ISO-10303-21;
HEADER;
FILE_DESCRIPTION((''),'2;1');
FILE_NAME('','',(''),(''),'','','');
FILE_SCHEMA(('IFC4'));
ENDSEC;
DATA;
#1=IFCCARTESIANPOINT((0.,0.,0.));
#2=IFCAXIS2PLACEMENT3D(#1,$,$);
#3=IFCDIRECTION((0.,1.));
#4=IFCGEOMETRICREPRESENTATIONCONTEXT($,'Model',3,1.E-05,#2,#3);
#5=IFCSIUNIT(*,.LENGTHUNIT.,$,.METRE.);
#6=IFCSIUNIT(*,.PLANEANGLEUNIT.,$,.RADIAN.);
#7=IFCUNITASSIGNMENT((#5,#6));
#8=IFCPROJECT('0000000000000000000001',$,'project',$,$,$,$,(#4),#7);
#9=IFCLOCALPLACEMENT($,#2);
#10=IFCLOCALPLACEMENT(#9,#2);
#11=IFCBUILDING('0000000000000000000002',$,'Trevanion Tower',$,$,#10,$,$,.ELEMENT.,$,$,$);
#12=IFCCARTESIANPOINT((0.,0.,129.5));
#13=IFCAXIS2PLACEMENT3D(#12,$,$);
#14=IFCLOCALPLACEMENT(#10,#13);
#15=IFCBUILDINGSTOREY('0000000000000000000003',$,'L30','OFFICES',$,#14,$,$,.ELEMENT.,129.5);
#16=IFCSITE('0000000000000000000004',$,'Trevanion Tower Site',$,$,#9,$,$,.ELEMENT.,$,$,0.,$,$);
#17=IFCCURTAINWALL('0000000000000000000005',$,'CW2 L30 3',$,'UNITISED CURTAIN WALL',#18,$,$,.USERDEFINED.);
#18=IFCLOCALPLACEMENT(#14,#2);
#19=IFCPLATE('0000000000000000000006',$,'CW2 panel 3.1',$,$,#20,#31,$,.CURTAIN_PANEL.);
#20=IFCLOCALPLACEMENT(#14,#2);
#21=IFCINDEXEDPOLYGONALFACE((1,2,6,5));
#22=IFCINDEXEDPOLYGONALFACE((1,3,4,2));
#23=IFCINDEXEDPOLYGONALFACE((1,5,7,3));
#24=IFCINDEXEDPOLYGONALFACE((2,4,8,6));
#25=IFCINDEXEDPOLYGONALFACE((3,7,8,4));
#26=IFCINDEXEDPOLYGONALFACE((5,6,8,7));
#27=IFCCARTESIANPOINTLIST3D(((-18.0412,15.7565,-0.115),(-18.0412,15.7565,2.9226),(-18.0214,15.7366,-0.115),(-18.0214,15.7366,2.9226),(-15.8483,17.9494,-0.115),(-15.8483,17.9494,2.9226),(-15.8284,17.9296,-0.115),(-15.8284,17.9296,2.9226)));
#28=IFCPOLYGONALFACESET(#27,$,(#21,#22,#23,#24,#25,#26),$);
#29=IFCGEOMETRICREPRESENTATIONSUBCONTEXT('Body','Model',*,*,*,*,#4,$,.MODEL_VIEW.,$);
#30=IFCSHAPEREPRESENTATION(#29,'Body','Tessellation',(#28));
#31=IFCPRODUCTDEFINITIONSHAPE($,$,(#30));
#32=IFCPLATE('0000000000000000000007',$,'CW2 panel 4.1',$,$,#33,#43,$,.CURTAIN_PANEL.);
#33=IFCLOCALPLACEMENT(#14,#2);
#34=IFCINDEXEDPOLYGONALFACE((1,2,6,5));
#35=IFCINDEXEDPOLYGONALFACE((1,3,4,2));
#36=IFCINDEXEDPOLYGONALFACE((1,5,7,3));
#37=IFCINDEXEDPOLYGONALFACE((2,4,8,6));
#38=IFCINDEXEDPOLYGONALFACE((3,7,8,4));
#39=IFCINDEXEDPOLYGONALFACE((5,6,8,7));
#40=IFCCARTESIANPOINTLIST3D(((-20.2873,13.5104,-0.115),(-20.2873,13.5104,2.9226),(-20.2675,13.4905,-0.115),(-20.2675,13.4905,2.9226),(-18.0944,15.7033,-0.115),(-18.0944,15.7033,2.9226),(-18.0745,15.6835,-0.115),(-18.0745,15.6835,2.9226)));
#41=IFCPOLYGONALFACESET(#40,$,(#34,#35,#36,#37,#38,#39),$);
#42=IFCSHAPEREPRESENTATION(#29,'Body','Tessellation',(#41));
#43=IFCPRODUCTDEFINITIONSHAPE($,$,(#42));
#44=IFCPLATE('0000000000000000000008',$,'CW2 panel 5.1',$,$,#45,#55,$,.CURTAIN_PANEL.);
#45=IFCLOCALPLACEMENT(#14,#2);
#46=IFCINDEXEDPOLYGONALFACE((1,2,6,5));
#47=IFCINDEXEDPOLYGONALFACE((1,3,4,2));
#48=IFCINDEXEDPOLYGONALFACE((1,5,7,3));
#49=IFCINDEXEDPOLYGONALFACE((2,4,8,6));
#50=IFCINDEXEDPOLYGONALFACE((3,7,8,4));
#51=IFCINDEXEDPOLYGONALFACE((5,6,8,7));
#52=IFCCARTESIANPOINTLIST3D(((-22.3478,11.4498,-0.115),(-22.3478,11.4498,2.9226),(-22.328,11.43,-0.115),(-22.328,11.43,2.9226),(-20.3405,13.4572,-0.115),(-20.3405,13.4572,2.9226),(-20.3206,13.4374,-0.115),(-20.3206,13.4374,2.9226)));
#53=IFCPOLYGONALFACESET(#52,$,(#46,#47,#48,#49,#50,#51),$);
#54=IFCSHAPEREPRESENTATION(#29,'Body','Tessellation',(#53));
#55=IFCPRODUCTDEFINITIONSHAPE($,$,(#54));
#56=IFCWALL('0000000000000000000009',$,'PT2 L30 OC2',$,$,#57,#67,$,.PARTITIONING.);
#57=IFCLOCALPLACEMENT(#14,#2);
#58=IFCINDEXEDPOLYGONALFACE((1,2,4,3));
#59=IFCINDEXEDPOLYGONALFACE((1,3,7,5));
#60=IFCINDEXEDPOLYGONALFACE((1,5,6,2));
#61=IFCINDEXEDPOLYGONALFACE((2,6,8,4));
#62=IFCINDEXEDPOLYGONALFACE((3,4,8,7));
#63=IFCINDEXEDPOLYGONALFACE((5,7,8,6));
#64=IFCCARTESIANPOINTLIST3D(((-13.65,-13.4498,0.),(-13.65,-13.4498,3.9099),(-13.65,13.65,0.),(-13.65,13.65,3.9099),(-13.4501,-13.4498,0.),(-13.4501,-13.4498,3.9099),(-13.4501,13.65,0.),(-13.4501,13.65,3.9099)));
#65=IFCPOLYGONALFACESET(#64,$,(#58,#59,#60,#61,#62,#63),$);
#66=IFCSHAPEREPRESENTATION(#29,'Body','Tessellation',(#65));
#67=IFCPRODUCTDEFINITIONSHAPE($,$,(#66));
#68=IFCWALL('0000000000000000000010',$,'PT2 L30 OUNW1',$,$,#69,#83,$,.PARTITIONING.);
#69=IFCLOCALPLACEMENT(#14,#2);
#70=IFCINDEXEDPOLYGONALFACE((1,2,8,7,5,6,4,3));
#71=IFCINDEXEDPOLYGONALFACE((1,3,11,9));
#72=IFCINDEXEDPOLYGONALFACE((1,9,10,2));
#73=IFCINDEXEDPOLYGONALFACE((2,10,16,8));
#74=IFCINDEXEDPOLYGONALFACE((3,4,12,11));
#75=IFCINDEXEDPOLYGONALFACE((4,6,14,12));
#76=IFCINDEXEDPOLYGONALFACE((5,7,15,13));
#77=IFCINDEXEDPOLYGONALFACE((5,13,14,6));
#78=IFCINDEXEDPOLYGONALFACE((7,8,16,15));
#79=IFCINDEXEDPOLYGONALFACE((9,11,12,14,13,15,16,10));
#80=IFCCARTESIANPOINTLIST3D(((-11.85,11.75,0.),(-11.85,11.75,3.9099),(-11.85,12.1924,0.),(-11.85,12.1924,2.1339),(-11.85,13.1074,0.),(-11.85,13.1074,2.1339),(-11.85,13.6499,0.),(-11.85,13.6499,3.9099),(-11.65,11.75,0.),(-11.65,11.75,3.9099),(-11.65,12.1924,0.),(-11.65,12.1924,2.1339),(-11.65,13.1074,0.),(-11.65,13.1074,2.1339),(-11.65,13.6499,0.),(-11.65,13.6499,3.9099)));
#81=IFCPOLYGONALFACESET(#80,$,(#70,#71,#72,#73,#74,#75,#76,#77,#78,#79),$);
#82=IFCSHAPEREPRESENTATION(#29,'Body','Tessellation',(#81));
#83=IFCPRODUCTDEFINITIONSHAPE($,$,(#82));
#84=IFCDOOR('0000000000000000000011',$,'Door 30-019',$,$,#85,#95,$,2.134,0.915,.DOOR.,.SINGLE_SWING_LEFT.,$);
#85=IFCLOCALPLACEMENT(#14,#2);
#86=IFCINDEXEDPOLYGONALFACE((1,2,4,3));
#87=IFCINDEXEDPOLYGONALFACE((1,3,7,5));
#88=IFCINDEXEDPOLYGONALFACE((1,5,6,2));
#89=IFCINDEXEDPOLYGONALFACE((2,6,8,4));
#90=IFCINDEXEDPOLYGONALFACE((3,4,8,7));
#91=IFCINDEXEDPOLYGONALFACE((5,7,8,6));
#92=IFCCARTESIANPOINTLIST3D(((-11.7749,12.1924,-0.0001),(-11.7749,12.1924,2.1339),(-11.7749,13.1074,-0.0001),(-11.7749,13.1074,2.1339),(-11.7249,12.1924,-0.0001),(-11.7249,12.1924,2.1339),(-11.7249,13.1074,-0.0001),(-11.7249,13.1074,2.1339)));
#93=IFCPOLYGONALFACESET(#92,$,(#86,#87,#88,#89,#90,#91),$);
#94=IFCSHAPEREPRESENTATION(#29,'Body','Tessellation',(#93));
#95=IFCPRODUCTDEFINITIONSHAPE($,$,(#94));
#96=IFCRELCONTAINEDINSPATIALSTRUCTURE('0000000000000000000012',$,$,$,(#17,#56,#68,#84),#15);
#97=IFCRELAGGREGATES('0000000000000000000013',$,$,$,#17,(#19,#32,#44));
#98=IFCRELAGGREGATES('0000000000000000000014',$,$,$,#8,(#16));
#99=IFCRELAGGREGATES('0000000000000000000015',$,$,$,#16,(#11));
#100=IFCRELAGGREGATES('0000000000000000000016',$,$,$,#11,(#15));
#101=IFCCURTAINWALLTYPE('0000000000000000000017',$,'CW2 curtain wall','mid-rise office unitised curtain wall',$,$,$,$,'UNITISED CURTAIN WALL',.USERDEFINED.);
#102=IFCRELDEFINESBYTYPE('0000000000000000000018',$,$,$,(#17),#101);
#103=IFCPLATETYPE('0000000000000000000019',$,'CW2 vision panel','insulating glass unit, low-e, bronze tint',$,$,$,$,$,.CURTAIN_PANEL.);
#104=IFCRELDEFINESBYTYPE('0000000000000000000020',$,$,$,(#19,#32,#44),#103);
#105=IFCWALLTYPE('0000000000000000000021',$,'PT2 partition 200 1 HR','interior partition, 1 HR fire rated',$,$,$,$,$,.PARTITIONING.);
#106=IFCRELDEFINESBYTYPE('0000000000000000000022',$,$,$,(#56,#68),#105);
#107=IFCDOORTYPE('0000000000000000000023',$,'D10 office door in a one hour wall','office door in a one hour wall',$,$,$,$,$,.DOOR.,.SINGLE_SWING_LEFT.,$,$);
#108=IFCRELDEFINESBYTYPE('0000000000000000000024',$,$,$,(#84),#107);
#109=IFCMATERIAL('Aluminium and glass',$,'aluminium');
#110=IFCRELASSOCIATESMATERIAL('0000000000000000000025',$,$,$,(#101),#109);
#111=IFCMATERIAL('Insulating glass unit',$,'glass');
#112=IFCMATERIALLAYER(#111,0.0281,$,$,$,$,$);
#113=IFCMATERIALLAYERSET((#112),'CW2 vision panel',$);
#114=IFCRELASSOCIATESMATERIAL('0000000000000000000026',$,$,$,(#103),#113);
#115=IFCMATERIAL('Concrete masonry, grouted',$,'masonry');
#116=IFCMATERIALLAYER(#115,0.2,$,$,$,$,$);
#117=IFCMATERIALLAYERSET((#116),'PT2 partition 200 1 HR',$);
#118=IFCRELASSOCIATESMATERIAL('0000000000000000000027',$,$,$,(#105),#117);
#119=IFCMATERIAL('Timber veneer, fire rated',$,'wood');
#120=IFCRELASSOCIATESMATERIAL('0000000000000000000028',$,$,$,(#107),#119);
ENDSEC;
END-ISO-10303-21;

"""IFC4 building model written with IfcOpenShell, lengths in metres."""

from ifc_helpers import new_model, si_unit, direction, frame, frame_2d, origin, origin_2d, place, context, subcontext, project, spatial, rectangle, extrude, material, layer, layer_set, type_object, element, fill, aggregate, save


model = new_model("IFC4")

# Units and contexts
model_context = context("Model", 3, precision=1e-05, world=origin(), true_north=direction((0.0, 1.0)))
body_context = subcontext(model_context, "Body", "Model", "MODEL_VIEW")
ifc_project = project(units=[si_unit("LENGTHUNIT", "METRE"), si_unit("PLANEANGLEUNIT", "RADIAN")], contexts=[model_context])

# Site, building, storey
site_placement = place(None, origin())
site = spatial("IfcSite", under=ifc_project, at=site_placement, Name="Trevanion Tower Site", CompositionType="ELEMENT", RefElevation=0.0)
building_placement = place(site_placement, origin())
building = spatial("IfcBuilding", under=site, at=building_placement, Name="Trevanion Tower", CompositionType="ELEMENT")
storey_placement = place(building_placement, frame((0.0, 0.0, 129.5)))
storey = spatial("IfcBuildingStorey", under=building, at=storey_placement, Name="L30", Description="OFFICES", CompositionType="ELEMENT", Elevation=129.5)

# Curtain wall
ifc_material_1 = material(Name="Aluminium and glass", Category="aluminium")
curtain_wall_type = type_object("IfcCurtainWallType", Name="CW2 curtain wall", Description="mid-rise office unitised curtain wall", ElementType="UNITISED CURTAIN WALL", PredefinedType="USERDEFINED", material=ifc_material_1)
curtain_wall_1_placement = place(storey_placement, origin())
curtain_wall_1 = element("IfcCurtainWall", 1, at=curtain_wall_1_placement, inside=storey, type_object=curtain_wall_type, Name="CW2 L30 3", ObjectType="UNITISED CURTAIN WALL", PredefinedType="USERDEFINED")

# Plates
ifc_material_2 = material(Name="Insulating glass unit", Category="glass")
ifc_layer_1 = layer(ifc_material_2, 0.0281)
ifc_layer_set_1 = layer_set([ifc_layer_1], Name="CW2 vision panel")
plate_type_1 = type_object("IfcPlateType", Name="CW2 vision panel", Description="insulating glass unit, low-e, bronze tint", PredefinedType="CURTAIN_PANEL", material=ifc_layer_set_1)
plate_1_placement = place(storey_placement, frame((-16.9348, 16.843, -0.115), z_axis=(0.0, 0.0, 1.0), x_axis=(-0.707107, -0.707107, 0.0)))
plate_1 = element("IfcPlate", 2, at=plate_1_placement, type_object=plate_type_1, Name="CW2 panel 3.1", PredefinedType="CURTAIN_PANEL", context=body_context, shape_type="SweptSolid", body=[
    extrude(rectangle(XDim=3.1013, YDim=0.0281, at=origin_2d()), origin(), (0.0, 0.0, 1.0), 3.0376),
])
plate_2_placement = place(storey_placement, frame((-19.1809, 14.5969, -0.115), z_axis=(0.0, 0.0, 1.0), x_axis=(-0.707107, -0.707107, 0.0)))
plate_2 = element("IfcPlate", 3, at=plate_2_placement, type_object=plate_type_1, Name="CW2 panel 4.1", PredefinedType="CURTAIN_PANEL", context=body_context, shape_type="SweptSolid", body=[
    extrude(rectangle(XDim=3.1013, YDim=0.0281, at=origin_2d()), origin(), (0.0, 0.0, 1.0), 3.0376),
])
plate_3_placement = place(storey_placement, frame((-21.3342, 12.4436, -0.115), z_axis=(0.0, 0.0, 1.0), x_axis=(-0.707107, -0.707107, 0.0)))
plate_3 = element("IfcPlate", 4, at=plate_3_placement, type_object=plate_type_1, Name="CW2 panel 5.1", PredefinedType="CURTAIN_PANEL", context=body_context, shape_type="SweptSolid", body=[
    extrude(rectangle(XDim=2.8389, YDim=0.0281, at=origin_2d()), origin(), (0.0, 0.0, 1.0), 3.0376),
])
aggregate(curtain_wall_1, [plate_1, plate_2, plate_3])

# Wall
ifc_material_3 = material(Name="Concrete masonry, grouted", Category="masonry")
ifc_layer_2 = layer(ifc_material_3, 0.2)
ifc_layer_set_2 = layer_set([ifc_layer_2], Name="PT2 partition 200 1 HR")
wall_type = type_object("IfcWallType", Name="PT2 partition 200 1 HR", Description="interior partition, 1 HR fire rated", PredefinedType="PARTITIONING", material=ifc_layer_set_2)
wall_1_placement = place(storey_placement, frame((-13.55, 13.6499, 0.0), z_axis=(0.0, 0.0, 1.0), x_axis=(0.0, -1.0, 0.0)))
element("IfcWall", 5, at=wall_1_placement, inside=storey, type_object=wall_type, Name="PT2 L30 OC2", PredefinedType="PARTITIONING", context=body_context, shape_type="SweptSolid", body=[
    extrude(rectangle(XDim=27.0999, YDim=0.2, at=frame_2d((13.5498, 0.0))), origin(), (0.0, 0.0, 1.0), 3.9099),
])

# Wall, opening, door
wall_2_placement = place(storey_placement, frame((-11.75, 11.75, 0.0), z_axis=(0.0, 0.0, 1.0), x_axis=(0.0, 1.0, 0.0)))
wall_2 = element("IfcWall", 6, at=wall_2_placement, inside=storey, type_object=wall_type, Name="PT2 L30 OUNW1", PredefinedType="PARTITIONING", context=body_context, shape_type="SweptSolid", body=[
    extrude(rectangle(XDim=1.8999, YDim=0.2, at=frame_2d((0.95, 0.0))), origin(), (0.0, 0.0, 1.0), 3.9099),
])
opening_placement = place(wall_2_placement, frame((0.4424, 0.0, 0.0)))
opening = element("IfcOpeningElement", 7, at=opening_placement, cuts=wall_2, PredefinedType="OPENING", context=body_context, shape_type="SweptSolid", body=[
    extrude(rectangle(XDim=0.915, YDim=2.134, at=frame_2d((0.4575, 1.0669))), frame((0.0, 0.1099, 0.0), z_axis=(0.0, -1.0, 0.0), x_axis=(1.0, 0.0, 0.0)), (0.0, 0.0, 1.0), 0.22),
])
ifc_material_4 = material(Name="Timber veneer, fire rated", Category="wood")
door_type = type_object("IfcDoorType", Name="D10 office door in a one hour wall", Description="office door in a one hour wall", OperationType="SINGLE_SWING_LEFT", PredefinedType="DOOR", material=ifc_material_4)
door_placement = place(opening_placement, origin())
door = element("IfcDoor", 8, at=door_placement, inside=storey, type_object=door_type, Name="Door 30-019", OperationType="SINGLE_SWING_LEFT", OverallHeight=2.134, OverallWidth=0.915, PredefinedType="DOOR", context=body_context, shape_type="SweptSolid", body=[
    extrude(rectangle(XDim=0.915, YDim=2.134, at=frame_2d((0.4575, 1.0669))), frame((0.0, 0.0249, 0.0), z_axis=(0.0, -1.0, 0.0), x_axis=(1.0, 0.0, 0.0)), (0.0, 0.0, 1.0), 0.05),
])
fill(opening, door)

save(model, "model.ifc")
